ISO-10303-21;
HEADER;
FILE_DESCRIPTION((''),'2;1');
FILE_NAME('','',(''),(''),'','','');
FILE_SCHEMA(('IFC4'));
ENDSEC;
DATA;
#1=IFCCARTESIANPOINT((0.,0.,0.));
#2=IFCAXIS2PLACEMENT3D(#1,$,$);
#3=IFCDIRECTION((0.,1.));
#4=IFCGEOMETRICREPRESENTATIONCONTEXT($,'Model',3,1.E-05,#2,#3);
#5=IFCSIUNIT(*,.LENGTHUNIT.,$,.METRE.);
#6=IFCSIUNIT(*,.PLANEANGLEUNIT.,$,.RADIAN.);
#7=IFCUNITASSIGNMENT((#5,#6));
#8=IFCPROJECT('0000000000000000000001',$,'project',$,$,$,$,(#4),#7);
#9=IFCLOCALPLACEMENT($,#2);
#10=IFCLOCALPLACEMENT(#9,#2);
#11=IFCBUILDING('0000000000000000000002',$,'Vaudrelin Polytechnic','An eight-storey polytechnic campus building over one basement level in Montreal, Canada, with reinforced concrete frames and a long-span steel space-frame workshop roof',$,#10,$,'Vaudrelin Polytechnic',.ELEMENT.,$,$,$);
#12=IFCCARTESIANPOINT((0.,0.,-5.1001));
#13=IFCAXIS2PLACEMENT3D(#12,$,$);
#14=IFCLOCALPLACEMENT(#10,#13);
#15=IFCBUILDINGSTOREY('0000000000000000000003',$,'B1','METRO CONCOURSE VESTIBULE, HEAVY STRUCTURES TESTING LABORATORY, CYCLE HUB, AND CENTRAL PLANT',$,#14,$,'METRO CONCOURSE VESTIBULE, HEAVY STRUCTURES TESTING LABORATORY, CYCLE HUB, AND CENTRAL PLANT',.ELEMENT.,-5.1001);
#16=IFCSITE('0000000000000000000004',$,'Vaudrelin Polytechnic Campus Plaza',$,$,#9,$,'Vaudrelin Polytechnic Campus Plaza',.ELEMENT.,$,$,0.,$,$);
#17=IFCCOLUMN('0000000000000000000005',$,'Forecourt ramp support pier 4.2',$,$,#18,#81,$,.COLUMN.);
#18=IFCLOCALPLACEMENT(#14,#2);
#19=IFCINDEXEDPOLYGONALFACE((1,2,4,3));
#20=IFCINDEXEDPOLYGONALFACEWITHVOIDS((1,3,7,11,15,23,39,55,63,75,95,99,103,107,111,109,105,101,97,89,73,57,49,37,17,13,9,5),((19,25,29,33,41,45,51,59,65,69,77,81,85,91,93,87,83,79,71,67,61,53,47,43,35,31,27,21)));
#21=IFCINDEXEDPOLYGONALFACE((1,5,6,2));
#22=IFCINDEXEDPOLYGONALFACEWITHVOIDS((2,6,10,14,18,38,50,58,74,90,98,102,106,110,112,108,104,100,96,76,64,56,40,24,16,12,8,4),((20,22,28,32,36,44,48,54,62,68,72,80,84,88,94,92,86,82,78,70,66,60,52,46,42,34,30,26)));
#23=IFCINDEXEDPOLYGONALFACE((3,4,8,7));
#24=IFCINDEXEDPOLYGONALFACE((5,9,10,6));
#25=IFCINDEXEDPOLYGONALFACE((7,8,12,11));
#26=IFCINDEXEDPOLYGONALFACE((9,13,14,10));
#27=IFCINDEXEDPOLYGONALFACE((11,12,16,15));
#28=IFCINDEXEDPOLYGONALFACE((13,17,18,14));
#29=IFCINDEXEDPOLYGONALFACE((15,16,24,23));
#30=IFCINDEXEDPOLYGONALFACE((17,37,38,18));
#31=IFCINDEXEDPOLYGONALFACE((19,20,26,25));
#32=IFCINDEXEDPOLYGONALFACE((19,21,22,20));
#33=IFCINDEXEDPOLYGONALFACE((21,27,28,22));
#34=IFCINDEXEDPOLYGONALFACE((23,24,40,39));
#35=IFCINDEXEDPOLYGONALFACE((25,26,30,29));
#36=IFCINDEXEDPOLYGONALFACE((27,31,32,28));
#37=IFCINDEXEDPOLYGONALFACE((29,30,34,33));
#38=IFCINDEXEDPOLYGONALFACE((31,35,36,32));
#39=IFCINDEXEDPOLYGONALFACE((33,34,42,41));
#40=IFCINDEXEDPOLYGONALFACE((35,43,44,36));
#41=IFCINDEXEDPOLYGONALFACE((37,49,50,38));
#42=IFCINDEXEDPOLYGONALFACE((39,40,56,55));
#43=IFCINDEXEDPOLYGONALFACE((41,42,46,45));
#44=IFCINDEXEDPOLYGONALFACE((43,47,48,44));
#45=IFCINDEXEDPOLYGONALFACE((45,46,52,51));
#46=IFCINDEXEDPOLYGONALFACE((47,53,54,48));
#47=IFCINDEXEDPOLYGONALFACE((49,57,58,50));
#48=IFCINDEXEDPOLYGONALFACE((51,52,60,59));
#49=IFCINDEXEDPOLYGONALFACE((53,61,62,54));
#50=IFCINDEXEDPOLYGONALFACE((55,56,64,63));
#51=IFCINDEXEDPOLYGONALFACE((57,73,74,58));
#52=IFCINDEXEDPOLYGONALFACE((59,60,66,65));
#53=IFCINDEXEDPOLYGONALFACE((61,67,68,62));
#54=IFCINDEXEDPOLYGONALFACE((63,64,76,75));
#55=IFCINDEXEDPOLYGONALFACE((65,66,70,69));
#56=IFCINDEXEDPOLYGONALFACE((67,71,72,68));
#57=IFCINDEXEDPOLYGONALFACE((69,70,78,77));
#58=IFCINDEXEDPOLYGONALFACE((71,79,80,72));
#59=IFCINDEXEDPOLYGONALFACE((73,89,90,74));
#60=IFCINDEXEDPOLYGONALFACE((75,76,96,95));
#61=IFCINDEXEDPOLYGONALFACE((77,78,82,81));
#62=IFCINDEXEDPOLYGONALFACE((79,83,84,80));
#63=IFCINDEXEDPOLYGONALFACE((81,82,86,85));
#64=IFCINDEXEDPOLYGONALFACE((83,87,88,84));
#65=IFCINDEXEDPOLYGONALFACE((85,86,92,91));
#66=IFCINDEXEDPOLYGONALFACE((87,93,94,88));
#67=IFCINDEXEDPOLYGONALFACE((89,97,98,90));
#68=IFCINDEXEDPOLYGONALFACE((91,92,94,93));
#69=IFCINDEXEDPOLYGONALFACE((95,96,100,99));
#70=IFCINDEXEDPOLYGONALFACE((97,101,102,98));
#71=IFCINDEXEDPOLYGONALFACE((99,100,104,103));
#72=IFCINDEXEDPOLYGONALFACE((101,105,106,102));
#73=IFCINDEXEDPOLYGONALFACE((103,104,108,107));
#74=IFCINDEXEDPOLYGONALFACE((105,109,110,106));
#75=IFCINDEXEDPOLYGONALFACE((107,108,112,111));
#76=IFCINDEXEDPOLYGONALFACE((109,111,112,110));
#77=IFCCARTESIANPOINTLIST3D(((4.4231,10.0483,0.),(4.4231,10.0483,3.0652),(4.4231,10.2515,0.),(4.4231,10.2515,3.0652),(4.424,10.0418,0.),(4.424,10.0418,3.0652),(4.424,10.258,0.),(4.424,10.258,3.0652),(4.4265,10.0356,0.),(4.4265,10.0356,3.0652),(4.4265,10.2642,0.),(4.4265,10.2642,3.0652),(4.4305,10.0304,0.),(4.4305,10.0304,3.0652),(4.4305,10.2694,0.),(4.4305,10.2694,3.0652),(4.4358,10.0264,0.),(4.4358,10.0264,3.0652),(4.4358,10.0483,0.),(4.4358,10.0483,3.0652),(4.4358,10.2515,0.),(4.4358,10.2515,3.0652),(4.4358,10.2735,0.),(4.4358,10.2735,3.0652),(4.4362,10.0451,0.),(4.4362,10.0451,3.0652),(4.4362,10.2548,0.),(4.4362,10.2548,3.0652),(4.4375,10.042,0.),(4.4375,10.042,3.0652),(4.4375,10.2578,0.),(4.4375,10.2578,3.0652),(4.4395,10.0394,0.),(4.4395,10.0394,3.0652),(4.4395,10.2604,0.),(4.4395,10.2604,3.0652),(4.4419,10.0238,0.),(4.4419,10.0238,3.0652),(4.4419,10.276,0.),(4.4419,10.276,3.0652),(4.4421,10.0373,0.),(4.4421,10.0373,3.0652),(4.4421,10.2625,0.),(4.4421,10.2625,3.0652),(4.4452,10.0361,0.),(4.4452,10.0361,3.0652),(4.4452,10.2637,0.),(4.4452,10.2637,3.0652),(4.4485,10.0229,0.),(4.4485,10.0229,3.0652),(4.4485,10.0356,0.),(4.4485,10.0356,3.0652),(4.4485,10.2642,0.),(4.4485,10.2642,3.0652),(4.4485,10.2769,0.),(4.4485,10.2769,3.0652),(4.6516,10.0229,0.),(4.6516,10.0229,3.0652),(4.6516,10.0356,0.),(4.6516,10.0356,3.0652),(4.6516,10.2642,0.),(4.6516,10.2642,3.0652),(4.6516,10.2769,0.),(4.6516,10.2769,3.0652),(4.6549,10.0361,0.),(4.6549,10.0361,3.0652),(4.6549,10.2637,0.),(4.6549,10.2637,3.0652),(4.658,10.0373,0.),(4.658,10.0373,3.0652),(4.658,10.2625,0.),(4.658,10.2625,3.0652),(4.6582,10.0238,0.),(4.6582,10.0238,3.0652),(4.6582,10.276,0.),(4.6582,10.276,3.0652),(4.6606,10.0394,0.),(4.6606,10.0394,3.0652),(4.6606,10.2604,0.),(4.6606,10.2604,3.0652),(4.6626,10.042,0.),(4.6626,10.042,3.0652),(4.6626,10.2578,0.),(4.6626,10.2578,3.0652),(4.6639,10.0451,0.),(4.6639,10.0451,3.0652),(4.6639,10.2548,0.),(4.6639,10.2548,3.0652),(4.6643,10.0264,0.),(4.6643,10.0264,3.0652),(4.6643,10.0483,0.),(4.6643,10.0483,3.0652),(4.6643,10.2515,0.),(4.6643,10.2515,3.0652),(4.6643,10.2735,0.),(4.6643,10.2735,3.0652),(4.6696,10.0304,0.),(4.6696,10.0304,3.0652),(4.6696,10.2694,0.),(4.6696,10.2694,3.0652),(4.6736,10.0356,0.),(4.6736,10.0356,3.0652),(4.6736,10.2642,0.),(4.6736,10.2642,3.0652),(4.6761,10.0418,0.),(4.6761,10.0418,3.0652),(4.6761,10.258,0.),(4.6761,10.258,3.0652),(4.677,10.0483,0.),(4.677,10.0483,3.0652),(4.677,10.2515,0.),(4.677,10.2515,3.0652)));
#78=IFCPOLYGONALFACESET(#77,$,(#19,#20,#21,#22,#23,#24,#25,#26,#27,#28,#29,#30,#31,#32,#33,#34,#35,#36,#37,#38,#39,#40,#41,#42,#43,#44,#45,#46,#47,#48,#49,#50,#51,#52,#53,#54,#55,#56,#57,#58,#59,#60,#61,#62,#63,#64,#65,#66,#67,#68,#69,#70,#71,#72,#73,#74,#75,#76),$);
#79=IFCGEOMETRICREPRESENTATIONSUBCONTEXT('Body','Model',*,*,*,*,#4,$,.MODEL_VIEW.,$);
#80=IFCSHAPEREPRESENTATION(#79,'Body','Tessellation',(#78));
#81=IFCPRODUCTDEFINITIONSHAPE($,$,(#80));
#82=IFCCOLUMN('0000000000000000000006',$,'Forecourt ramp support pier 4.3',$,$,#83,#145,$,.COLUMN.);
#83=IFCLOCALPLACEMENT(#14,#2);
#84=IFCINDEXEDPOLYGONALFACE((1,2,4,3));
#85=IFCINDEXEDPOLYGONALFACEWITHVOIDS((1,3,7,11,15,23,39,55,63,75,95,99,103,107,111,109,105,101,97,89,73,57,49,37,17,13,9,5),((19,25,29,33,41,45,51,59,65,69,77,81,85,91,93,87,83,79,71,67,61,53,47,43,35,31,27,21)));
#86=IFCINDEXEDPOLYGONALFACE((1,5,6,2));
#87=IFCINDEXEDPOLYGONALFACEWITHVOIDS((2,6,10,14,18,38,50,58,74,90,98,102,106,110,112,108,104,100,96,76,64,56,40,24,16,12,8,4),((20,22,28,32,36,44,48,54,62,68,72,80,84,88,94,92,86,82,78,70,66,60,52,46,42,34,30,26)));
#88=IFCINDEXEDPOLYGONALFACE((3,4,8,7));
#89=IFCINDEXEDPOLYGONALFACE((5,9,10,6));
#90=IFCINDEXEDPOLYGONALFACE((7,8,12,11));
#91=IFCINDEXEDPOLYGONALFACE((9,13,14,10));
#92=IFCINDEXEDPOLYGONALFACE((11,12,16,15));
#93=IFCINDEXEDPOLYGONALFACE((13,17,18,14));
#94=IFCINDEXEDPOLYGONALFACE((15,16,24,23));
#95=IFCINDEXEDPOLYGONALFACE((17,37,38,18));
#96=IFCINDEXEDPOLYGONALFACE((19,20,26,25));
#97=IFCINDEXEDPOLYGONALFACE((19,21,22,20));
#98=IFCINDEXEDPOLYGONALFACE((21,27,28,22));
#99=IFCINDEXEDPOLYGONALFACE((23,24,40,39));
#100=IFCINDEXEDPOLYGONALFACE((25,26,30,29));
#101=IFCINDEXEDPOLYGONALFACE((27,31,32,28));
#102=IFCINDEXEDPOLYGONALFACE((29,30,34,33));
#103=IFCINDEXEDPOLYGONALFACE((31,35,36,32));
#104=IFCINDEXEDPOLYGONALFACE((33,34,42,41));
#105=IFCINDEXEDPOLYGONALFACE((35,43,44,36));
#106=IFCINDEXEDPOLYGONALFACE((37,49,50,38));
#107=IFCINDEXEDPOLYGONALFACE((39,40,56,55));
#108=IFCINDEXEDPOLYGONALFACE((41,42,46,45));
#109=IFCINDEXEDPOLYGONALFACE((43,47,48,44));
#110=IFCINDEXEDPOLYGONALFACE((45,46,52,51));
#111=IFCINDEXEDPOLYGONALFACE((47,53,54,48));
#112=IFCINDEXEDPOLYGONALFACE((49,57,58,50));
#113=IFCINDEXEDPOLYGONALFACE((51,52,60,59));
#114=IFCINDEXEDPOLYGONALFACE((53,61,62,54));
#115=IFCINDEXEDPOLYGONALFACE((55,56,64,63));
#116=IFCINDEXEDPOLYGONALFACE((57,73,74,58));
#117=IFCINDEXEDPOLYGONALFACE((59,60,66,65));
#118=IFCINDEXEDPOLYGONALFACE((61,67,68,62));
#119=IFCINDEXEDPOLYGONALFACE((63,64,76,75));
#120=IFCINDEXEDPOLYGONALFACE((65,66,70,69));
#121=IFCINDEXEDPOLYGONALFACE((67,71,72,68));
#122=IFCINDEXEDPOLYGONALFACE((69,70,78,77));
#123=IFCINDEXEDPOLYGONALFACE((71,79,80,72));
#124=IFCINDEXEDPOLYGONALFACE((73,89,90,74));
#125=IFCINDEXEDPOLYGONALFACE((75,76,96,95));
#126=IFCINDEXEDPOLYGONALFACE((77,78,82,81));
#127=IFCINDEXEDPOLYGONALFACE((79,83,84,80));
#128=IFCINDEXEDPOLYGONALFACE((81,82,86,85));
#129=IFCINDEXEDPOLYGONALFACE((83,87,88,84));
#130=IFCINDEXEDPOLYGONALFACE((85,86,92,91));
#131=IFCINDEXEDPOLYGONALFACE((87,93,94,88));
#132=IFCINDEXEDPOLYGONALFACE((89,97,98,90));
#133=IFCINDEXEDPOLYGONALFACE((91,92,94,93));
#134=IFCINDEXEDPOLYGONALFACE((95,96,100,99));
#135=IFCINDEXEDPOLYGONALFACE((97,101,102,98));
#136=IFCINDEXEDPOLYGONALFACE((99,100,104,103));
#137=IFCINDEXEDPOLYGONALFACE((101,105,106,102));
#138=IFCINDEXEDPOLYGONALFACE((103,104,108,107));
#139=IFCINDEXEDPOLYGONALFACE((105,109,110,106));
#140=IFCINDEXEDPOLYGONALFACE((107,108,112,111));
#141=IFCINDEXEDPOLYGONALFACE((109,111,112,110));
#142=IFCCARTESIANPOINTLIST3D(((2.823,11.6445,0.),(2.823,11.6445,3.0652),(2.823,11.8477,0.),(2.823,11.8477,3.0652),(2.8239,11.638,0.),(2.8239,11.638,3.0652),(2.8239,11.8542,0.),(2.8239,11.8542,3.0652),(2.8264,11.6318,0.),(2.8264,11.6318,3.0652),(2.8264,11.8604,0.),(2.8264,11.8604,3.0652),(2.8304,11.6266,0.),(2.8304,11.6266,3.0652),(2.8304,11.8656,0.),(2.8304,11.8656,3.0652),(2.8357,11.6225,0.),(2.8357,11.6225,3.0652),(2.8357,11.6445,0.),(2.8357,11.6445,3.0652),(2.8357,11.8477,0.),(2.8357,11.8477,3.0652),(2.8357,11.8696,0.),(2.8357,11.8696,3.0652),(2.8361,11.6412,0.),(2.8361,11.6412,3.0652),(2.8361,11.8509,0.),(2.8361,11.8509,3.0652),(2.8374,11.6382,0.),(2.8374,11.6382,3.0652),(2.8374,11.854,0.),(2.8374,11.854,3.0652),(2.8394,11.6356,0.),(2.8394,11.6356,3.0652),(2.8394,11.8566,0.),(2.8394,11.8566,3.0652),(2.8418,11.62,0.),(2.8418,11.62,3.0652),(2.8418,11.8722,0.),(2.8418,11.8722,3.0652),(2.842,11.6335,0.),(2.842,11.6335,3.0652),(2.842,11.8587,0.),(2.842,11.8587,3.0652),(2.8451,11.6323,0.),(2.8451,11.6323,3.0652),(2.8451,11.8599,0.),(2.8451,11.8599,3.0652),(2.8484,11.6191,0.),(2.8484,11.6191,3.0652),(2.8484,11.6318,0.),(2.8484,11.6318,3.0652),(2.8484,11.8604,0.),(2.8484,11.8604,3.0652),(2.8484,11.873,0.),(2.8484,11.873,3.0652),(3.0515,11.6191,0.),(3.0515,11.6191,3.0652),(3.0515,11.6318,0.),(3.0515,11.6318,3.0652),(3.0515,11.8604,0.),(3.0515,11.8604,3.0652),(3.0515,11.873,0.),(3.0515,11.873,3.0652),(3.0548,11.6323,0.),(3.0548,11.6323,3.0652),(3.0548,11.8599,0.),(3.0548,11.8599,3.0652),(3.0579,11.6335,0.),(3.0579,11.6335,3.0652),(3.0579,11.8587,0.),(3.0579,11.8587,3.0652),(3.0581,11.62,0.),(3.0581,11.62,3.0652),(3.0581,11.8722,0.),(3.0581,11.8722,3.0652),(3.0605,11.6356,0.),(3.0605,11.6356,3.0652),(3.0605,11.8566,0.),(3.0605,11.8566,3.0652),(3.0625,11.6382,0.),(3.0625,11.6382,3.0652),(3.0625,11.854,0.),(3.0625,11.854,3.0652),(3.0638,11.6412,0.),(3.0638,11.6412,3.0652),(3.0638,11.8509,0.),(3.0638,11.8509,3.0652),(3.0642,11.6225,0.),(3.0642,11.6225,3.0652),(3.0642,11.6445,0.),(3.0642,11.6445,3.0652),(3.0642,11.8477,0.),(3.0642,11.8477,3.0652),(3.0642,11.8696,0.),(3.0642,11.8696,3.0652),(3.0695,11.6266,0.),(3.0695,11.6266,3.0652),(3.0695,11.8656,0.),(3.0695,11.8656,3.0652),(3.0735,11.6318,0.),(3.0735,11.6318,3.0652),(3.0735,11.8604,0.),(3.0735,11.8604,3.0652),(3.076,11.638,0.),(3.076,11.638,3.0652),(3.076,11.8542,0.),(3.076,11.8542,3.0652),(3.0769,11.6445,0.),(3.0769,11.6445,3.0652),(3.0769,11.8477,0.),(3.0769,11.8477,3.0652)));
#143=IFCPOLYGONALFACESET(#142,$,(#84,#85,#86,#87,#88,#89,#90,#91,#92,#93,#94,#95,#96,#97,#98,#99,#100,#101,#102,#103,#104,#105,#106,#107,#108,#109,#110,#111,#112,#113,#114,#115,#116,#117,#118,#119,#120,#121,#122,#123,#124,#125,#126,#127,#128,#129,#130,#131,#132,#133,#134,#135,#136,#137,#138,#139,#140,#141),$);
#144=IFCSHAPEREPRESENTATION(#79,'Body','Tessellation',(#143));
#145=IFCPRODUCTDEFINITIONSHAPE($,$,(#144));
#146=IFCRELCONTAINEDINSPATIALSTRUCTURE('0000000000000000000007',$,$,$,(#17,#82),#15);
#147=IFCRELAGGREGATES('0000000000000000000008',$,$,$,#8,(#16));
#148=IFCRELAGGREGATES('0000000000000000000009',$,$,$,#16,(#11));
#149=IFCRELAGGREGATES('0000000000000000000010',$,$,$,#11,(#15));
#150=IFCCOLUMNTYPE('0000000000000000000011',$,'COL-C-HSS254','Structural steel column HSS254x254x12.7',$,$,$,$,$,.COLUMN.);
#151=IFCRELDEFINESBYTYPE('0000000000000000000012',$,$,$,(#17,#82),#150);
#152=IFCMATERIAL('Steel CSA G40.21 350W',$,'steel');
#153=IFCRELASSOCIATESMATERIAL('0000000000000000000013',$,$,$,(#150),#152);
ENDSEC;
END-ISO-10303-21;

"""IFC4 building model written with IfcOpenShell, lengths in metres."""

from ifc_helpers import new_model, si_unit, direction, frame, origin, origin_2d, place, context, subcontext, project, spatial, hollow_rectangle, extrude, material, material_profile, profile_set, type_object, element, save


model = new_model("IFC4")

# Units and contexts
model_context = context("Model", 3, precision=1e-05, world=origin(), true_north=direction((0.0, 1.0)))
body_context = subcontext(model_context, "Body", "Model", "MODEL_VIEW")
ifc_project = project(units=[si_unit("LENGTHUNIT", "METRE"), si_unit("PLANEANGLEUNIT", "RADIAN")], contexts=[model_context])

# Site, building, storey
site_placement = place(None, origin())
site = spatial("IfcSite", under=ifc_project, at=site_placement, Name="Vaudrelin Polytechnic Campus Plaza", LongName="Vaudrelin Polytechnic Campus Plaza", CompositionType="ELEMENT", RefElevation=0.0)
building_placement = place(site_placement, origin())
building = spatial("IfcBuilding", under=site, at=building_placement, Name="Vaudrelin Polytechnic", Description="An eight-storey polytechnic campus building over one basement level in Montreal, Canada, with reinforced concrete frames and a long-span steel space-frame workshop roof", LongName="Vaudrelin Polytechnic", CompositionType="ELEMENT")
storey_placement = place(building_placement, frame((0.0, 0.0, -5.1001)))
storey = spatial("IfcBuildingStorey", under=building, at=storey_placement, Name="B1", Description="METRO CONCOURSE VESTIBULE, HEAVY STRUCTURES TESTING LABORATORY, CYCLE HUB, AND CENTRAL PLANT", LongName="METRO CONCOURSE VESTIBULE, HEAVY STRUCTURES TESTING LABORATORY, CYCLE HUB, AND CENTRAL PLANT", CompositionType="ELEMENT", Elevation=-5.1001)

# Columns
ifc_material_1 = material(Name="Steel CSA G40.21 350W", Category="steel")
ifc_material_profile_1 = material_profile(ifc_material_1, hollow_rectangle(XDim=0.2539, YDim=0.2539, WallThickness=0.0127, InnerFilletRadius=0.0127, OuterFilletRadius=0.0254, at=origin_2d()), Name="HSS254x254x12.7")
ifc_profile_set_1 = profile_set([ifc_material_profile_1], Name="Steel CSA G40.21 350W")
column_type_1 = type_object("IfcColumnType", Name="COL-C-HSS254", Description="Structural steel column HSS254x254x12.7", PredefinedType="COLUMN", material=ifc_profile_set_1)
for number, where, z_axis, x_axis, name in (
    (1, (4.55, 10.1499, 0.0), (0.0, 0.0, 1.0), (1.0, 0.0, 0.0), "Forecourt ramp support pier 4.2"),
    (2, (2.95, 11.7461, 0.0), (0.0, 0.0, 1.0), (1.0, 0.0, 0.0), "Forecourt ramp support pier 4.3"),
):
    element("IfcColumn", number, at=place(storey_placement, frame(where, z_axis=z_axis, x_axis=x_axis)), inside=storey, type_object=column_type_1, Name=name, PredefinedType="COLUMN", context=body_context, shape_type="SweptSolid", body=[
        extrude(hollow_rectangle(XDim=0.2539, YDim=0.2539, WallThickness=0.0127, InnerFilletRadius=0.0127, OuterFilletRadius=0.0254, at=origin_2d()), origin(), (0.0, 0.0, 1.0), 3.0652),
    ])

save(model, "model.ifc")
